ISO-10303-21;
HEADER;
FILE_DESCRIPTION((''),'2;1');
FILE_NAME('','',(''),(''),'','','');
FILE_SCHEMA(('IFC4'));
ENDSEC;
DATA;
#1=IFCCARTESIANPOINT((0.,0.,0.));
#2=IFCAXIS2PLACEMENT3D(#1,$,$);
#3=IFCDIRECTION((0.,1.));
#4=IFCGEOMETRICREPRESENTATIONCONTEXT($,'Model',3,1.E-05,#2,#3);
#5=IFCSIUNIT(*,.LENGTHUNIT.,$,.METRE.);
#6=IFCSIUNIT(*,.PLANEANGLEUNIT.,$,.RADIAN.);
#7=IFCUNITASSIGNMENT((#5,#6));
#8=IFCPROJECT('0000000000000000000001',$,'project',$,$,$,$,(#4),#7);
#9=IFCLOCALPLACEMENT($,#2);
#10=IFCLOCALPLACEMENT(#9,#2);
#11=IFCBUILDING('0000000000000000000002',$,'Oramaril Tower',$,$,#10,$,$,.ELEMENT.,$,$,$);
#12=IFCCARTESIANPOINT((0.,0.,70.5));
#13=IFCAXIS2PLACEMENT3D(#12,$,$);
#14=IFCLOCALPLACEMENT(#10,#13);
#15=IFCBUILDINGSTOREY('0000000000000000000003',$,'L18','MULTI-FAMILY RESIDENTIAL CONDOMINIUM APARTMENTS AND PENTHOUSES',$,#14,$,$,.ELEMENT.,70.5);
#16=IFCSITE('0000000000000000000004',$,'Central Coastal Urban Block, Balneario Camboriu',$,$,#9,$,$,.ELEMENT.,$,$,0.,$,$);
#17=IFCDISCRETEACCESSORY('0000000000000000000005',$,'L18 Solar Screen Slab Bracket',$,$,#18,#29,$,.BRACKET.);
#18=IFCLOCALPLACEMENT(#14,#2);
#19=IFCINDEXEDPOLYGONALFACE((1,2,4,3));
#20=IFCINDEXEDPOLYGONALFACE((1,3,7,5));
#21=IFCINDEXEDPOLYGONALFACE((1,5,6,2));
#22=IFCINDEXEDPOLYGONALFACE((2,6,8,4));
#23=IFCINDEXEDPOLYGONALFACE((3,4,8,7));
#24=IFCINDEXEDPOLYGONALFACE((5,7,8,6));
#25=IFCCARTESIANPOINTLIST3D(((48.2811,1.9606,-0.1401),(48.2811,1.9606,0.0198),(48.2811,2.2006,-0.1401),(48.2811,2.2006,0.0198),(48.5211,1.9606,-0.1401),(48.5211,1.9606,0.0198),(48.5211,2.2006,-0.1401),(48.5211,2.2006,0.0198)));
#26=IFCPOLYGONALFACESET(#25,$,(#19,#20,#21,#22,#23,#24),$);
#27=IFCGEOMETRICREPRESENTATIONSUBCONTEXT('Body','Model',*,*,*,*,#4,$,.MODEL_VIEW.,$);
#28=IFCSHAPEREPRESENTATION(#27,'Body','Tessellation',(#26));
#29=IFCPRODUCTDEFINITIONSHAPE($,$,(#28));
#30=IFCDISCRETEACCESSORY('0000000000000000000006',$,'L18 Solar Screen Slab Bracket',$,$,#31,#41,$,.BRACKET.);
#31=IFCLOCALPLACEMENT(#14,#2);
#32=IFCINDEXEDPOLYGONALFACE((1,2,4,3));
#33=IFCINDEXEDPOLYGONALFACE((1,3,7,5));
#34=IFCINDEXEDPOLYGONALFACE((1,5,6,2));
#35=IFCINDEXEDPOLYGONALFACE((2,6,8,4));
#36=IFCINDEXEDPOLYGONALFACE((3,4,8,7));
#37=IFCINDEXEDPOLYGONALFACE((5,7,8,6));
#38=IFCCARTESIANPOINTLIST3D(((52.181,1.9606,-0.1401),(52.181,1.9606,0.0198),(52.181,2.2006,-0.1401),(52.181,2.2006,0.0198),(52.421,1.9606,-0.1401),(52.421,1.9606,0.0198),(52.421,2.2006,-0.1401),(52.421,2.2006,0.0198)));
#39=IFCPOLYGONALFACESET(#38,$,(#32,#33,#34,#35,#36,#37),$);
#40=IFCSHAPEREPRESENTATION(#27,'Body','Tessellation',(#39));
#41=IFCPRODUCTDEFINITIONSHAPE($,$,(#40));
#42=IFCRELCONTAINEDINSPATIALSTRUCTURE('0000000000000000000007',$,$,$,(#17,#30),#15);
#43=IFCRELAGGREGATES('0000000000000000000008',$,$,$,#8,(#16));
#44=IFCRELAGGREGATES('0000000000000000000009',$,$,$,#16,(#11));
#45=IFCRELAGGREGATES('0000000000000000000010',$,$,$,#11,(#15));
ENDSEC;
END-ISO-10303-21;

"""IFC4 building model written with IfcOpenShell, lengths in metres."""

from ifc_helpers import new_model, si_unit, direction, frame, origin, origin_2d, place, context, subcontext, project, spatial, rectangle, extrude, element, save


model = new_model("IFC4")

# Units and contexts
model_context = context("Model", 3, precision=1e-05, world=origin(), true_north=direction((0.0, 1.0)))
body_context = subcontext(model_context, "Body", "Model", "MODEL_VIEW")
ifc_project = project(units=[si_unit("LENGTHUNIT", "METRE"), si_unit("PLANEANGLEUNIT", "RADIAN")], contexts=[model_context])

# Site, building, storey
site_placement = place(None, origin())
site = spatial("IfcSite", under=ifc_project, at=site_placement, Name="Central Coastal Urban Block, Balneario Camboriu", CompositionType="ELEMENT", RefElevation=0.0)
building_placement = place(site_placement, origin())
building = spatial("IfcBuilding", under=site, at=building_placement, Name="Oramaril Tower", CompositionType="ELEMENT")
storey_placement = place(building_placement, frame((0.0, 0.0, 70.5)))
storey = spatial("IfcBuildingStorey", under=building, at=storey_placement, Name="L18", Description="MULTI-FAMILY RESIDENTIAL CONDOMINIUM APARTMENTS AND PENTHOUSES", CompositionType="ELEMENT", Elevation=70.5)

# Discrete accessories
for number, where, z_axis, x_axis, name in (
    (1, (48.4011, 2.0806, -0.1401), (0.0, 0.0, 1.0), (1.0, 0.0, 0.0), "L18 Solar Screen Slab Bracket"),
    (2, (52.301, 2.0806, -0.1401), (0.0, 0.0, 1.0), (1.0, 0.0, 0.0), "L18 Solar Screen Slab Bracket"),
):
    element("IfcDiscreteAccessory", number, at=place(storey_placement, frame(where, z_axis=z_axis, x_axis=x_axis)), inside=storey, Name=name, PredefinedType="BRACKET", context=body_context, shape_type="SweptSolid", body=[
        extrude(rectangle(XDim=0.24, YDim=0.24, at=origin_2d()), origin(), (0.0, 0.0, 1.0), 0.1599),
    ])

save(model, "model.ifc")
